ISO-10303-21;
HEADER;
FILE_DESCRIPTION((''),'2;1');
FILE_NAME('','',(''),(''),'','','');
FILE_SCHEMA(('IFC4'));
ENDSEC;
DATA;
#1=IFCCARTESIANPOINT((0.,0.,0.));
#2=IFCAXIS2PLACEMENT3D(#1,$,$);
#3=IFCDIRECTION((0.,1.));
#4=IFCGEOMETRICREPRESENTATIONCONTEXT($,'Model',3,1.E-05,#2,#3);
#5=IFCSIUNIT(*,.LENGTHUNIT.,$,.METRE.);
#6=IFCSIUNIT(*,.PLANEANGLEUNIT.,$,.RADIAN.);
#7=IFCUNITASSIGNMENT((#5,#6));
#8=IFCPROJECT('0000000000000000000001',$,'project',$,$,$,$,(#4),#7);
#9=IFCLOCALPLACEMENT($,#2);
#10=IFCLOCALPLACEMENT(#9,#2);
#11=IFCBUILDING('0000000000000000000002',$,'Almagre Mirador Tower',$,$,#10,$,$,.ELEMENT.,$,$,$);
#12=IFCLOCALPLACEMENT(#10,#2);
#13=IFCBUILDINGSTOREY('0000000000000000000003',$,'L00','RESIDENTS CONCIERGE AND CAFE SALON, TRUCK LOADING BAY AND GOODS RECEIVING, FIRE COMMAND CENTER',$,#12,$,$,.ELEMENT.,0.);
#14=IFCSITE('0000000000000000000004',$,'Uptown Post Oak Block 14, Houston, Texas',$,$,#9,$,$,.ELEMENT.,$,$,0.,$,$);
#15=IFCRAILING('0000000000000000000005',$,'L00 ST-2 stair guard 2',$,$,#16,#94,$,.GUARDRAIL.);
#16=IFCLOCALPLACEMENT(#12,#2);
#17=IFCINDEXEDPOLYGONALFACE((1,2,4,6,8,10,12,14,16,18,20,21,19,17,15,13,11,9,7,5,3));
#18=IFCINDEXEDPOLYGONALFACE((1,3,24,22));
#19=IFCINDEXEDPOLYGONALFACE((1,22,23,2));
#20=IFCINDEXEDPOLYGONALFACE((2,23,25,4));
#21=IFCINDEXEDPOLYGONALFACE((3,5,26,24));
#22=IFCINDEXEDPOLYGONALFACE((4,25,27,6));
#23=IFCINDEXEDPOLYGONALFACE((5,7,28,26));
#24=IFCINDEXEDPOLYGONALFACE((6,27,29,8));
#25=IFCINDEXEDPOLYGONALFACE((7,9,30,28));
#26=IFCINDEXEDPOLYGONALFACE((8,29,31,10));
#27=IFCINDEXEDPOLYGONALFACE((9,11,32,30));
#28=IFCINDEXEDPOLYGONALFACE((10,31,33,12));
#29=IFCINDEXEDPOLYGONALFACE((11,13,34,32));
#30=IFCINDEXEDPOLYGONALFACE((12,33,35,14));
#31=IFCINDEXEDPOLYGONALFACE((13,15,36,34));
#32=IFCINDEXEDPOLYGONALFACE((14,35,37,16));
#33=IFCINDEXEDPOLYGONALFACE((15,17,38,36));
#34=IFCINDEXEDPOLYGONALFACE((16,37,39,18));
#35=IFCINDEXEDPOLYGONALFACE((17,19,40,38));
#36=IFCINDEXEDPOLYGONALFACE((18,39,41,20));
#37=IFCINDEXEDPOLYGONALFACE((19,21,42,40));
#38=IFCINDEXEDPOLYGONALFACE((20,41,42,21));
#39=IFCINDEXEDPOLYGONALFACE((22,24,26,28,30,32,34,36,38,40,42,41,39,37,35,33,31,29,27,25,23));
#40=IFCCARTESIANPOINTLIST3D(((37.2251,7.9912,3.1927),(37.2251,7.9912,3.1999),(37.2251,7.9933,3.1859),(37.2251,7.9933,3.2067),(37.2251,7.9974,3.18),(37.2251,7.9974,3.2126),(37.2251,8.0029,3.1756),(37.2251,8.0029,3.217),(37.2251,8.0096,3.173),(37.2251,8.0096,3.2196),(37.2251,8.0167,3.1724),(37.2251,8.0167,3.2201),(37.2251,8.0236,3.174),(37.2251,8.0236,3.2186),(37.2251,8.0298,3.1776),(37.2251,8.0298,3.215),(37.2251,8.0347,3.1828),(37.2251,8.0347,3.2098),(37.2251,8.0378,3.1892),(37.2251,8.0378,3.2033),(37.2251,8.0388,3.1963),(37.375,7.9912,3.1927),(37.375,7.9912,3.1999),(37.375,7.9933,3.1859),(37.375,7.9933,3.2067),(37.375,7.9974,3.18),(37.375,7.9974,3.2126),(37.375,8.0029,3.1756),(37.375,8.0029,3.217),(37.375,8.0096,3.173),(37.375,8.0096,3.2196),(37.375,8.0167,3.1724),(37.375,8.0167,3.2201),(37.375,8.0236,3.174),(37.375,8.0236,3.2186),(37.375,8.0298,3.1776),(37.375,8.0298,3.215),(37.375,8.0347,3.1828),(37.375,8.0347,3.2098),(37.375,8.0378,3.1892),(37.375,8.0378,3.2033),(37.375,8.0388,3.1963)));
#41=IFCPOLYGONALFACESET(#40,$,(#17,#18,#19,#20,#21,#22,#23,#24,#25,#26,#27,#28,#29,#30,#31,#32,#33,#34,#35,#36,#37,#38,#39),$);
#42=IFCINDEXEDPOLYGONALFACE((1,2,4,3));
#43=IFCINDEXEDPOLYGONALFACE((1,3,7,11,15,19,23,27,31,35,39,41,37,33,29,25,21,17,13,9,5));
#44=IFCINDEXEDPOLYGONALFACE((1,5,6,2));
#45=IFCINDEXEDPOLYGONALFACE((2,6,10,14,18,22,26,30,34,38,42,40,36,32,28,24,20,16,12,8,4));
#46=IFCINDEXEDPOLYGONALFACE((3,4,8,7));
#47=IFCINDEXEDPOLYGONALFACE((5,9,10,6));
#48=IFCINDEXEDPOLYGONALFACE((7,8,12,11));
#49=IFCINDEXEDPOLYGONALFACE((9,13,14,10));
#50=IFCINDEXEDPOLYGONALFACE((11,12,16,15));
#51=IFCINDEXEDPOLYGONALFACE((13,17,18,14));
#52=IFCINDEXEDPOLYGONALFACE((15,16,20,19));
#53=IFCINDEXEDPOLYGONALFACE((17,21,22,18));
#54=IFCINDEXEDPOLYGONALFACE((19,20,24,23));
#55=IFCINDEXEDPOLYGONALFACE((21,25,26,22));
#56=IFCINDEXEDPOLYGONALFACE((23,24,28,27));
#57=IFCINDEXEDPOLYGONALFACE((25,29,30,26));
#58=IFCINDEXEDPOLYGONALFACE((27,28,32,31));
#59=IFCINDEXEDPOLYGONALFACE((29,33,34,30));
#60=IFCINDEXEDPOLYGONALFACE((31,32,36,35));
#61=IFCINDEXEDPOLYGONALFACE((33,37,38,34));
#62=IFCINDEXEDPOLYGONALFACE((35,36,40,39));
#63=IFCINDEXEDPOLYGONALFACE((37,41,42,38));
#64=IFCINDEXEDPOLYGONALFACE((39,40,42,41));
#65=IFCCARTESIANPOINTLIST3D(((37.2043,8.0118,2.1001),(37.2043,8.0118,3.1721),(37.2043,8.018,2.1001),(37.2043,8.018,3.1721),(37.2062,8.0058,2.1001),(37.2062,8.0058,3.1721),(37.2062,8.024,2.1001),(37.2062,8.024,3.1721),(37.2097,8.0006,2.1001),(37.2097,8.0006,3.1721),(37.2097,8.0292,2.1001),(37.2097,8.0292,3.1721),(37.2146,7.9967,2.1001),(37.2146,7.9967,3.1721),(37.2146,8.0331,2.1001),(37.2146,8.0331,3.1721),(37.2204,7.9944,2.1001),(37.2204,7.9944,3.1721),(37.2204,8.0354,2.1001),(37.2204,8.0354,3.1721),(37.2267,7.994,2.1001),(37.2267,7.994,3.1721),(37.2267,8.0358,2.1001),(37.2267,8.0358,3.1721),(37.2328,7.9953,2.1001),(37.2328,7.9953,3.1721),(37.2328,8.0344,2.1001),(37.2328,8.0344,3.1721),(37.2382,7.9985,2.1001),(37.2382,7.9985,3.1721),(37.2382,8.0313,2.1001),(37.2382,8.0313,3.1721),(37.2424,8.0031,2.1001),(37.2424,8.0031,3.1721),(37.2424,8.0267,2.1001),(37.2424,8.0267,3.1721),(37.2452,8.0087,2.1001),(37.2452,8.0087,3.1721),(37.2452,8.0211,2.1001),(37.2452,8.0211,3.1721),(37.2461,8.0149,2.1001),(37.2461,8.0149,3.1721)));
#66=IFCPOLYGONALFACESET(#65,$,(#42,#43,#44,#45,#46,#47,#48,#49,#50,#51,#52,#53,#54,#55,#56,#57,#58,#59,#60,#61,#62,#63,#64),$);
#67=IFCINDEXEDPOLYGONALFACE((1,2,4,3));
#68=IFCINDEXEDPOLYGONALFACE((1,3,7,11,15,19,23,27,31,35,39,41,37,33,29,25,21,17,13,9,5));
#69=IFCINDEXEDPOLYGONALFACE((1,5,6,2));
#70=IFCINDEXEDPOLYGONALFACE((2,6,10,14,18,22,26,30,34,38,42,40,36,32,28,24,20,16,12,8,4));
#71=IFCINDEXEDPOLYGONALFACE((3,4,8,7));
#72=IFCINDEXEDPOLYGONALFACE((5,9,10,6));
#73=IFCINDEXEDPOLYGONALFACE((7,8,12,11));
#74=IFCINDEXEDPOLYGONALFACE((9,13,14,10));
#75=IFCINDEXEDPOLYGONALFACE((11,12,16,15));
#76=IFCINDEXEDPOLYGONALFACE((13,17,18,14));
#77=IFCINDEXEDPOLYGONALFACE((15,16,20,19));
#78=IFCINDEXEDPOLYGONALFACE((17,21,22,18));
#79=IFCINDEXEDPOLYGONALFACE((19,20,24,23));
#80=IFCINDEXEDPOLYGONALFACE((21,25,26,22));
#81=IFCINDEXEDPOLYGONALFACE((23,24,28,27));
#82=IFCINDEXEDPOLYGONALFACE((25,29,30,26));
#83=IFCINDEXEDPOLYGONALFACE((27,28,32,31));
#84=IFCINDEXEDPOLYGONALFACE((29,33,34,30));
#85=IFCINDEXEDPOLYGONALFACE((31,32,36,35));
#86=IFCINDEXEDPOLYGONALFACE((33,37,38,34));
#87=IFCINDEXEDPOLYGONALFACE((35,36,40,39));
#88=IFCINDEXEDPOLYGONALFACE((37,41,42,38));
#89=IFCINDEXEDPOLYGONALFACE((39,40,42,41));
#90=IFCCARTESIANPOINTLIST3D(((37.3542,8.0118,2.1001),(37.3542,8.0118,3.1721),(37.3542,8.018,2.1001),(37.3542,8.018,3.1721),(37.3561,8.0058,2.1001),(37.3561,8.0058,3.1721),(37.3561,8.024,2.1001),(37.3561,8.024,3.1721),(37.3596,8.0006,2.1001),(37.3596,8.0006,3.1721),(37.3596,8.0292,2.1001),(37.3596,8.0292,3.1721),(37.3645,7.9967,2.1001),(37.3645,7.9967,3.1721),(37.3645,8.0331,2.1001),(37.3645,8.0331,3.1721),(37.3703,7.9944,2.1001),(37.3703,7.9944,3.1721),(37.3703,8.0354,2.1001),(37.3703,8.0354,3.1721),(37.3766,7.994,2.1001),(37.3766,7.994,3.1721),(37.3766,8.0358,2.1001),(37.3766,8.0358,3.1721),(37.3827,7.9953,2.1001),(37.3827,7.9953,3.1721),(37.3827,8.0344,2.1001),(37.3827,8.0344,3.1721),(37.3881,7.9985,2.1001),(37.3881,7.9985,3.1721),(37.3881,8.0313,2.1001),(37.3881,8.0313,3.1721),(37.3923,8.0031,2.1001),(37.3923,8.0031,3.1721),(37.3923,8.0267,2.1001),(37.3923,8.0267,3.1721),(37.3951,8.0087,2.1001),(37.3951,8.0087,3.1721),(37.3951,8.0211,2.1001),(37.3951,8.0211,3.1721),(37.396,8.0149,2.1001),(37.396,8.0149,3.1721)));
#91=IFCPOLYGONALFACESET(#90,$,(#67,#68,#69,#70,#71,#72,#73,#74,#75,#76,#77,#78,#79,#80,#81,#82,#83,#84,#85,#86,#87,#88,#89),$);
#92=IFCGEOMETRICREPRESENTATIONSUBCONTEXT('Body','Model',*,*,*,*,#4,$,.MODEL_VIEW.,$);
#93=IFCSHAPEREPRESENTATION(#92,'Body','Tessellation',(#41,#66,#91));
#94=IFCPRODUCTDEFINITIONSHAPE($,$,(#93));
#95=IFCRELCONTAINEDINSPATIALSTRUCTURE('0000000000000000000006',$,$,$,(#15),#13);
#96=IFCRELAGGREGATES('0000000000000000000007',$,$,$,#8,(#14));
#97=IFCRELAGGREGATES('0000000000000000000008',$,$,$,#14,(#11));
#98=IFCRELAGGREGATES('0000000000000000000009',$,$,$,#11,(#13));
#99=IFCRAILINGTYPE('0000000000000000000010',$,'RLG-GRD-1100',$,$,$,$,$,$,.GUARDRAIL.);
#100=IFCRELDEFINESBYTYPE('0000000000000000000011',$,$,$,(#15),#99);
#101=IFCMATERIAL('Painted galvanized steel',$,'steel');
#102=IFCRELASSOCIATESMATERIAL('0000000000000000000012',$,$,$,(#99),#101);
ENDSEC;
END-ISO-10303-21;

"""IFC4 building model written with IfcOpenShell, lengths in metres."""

from ifc_helpers import new_model, si_unit, direction, frame, origin, origin_2d, place, context, subcontext, project, spatial, circle, extrude, material, type_object, element, save


model = new_model("IFC4")

# Units and contexts
model_context = context("Model", 3, precision=1e-05, world=origin(), true_north=direction((0.0, 1.0)))
body_context = subcontext(model_context, "Body", "Model", "MODEL_VIEW")
ifc_project = project(units=[si_unit("LENGTHUNIT", "METRE"), si_unit("PLANEANGLEUNIT", "RADIAN")], contexts=[model_context])

# Site, building, storey
site_placement = place(None, origin())
site = spatial("IfcSite", under=ifc_project, at=site_placement, Name="Uptown Post Oak Block 14, Houston, Texas", CompositionType="ELEMENT", RefElevation=0.0)
building_placement = place(site_placement, origin())
building = spatial("IfcBuilding", under=site, at=building_placement, Name="Almagre Mirador Tower", CompositionType="ELEMENT")
storey_placement = place(building_placement, origin())
storey = spatial("IfcBuildingStorey", under=building, at=storey_placement, Name="L00", Description="RESIDENTS CONCIERGE AND CAFE SALON, TRUCK LOADING BAY AND GOODS RECEIVING, FIRE COMMAND CENTER", CompositionType="ELEMENT", Elevation=0.0)

# Railing
ifc_material_1 = material(Name="Painted galvanized steel", Category="steel")
railing_type = type_object("IfcRailingType", Name="RLG-GRD-1100", PredefinedType="GUARDRAIL", material=ifc_material_1)
railing_1_placement = place(storey_placement, frame((37.2251, 8.0149, 2.1001)))
element("IfcRailing", 1, at=railing_1_placement, inside=storey, type_object=railing_type, Name="L00 ST-2 stair guard 2", PredefinedType="GUARDRAIL", context=body_context, shape_type="SweptSolid", body=[
    extrude(circle(Radius=0.0239, at=origin_2d()), frame((0.0, 0.0, 1.0962), z_axis=(1.0, 0.0, 0.0), x_axis=(0.0, 1.0, 0.0)), (0.0, 0.0, 1.0), 0.1499),
    extrude(circle(Radius=0.021, at=origin_2d()), origin(), (0.0, 0.0, 1.0), 1.072),
    extrude(circle(Radius=0.021, at=origin_2d()), frame((0.1499, 0.0, 0.0)), (0.0, 0.0, 1.0), 1.072),
])

save(model, "model.ifc")
